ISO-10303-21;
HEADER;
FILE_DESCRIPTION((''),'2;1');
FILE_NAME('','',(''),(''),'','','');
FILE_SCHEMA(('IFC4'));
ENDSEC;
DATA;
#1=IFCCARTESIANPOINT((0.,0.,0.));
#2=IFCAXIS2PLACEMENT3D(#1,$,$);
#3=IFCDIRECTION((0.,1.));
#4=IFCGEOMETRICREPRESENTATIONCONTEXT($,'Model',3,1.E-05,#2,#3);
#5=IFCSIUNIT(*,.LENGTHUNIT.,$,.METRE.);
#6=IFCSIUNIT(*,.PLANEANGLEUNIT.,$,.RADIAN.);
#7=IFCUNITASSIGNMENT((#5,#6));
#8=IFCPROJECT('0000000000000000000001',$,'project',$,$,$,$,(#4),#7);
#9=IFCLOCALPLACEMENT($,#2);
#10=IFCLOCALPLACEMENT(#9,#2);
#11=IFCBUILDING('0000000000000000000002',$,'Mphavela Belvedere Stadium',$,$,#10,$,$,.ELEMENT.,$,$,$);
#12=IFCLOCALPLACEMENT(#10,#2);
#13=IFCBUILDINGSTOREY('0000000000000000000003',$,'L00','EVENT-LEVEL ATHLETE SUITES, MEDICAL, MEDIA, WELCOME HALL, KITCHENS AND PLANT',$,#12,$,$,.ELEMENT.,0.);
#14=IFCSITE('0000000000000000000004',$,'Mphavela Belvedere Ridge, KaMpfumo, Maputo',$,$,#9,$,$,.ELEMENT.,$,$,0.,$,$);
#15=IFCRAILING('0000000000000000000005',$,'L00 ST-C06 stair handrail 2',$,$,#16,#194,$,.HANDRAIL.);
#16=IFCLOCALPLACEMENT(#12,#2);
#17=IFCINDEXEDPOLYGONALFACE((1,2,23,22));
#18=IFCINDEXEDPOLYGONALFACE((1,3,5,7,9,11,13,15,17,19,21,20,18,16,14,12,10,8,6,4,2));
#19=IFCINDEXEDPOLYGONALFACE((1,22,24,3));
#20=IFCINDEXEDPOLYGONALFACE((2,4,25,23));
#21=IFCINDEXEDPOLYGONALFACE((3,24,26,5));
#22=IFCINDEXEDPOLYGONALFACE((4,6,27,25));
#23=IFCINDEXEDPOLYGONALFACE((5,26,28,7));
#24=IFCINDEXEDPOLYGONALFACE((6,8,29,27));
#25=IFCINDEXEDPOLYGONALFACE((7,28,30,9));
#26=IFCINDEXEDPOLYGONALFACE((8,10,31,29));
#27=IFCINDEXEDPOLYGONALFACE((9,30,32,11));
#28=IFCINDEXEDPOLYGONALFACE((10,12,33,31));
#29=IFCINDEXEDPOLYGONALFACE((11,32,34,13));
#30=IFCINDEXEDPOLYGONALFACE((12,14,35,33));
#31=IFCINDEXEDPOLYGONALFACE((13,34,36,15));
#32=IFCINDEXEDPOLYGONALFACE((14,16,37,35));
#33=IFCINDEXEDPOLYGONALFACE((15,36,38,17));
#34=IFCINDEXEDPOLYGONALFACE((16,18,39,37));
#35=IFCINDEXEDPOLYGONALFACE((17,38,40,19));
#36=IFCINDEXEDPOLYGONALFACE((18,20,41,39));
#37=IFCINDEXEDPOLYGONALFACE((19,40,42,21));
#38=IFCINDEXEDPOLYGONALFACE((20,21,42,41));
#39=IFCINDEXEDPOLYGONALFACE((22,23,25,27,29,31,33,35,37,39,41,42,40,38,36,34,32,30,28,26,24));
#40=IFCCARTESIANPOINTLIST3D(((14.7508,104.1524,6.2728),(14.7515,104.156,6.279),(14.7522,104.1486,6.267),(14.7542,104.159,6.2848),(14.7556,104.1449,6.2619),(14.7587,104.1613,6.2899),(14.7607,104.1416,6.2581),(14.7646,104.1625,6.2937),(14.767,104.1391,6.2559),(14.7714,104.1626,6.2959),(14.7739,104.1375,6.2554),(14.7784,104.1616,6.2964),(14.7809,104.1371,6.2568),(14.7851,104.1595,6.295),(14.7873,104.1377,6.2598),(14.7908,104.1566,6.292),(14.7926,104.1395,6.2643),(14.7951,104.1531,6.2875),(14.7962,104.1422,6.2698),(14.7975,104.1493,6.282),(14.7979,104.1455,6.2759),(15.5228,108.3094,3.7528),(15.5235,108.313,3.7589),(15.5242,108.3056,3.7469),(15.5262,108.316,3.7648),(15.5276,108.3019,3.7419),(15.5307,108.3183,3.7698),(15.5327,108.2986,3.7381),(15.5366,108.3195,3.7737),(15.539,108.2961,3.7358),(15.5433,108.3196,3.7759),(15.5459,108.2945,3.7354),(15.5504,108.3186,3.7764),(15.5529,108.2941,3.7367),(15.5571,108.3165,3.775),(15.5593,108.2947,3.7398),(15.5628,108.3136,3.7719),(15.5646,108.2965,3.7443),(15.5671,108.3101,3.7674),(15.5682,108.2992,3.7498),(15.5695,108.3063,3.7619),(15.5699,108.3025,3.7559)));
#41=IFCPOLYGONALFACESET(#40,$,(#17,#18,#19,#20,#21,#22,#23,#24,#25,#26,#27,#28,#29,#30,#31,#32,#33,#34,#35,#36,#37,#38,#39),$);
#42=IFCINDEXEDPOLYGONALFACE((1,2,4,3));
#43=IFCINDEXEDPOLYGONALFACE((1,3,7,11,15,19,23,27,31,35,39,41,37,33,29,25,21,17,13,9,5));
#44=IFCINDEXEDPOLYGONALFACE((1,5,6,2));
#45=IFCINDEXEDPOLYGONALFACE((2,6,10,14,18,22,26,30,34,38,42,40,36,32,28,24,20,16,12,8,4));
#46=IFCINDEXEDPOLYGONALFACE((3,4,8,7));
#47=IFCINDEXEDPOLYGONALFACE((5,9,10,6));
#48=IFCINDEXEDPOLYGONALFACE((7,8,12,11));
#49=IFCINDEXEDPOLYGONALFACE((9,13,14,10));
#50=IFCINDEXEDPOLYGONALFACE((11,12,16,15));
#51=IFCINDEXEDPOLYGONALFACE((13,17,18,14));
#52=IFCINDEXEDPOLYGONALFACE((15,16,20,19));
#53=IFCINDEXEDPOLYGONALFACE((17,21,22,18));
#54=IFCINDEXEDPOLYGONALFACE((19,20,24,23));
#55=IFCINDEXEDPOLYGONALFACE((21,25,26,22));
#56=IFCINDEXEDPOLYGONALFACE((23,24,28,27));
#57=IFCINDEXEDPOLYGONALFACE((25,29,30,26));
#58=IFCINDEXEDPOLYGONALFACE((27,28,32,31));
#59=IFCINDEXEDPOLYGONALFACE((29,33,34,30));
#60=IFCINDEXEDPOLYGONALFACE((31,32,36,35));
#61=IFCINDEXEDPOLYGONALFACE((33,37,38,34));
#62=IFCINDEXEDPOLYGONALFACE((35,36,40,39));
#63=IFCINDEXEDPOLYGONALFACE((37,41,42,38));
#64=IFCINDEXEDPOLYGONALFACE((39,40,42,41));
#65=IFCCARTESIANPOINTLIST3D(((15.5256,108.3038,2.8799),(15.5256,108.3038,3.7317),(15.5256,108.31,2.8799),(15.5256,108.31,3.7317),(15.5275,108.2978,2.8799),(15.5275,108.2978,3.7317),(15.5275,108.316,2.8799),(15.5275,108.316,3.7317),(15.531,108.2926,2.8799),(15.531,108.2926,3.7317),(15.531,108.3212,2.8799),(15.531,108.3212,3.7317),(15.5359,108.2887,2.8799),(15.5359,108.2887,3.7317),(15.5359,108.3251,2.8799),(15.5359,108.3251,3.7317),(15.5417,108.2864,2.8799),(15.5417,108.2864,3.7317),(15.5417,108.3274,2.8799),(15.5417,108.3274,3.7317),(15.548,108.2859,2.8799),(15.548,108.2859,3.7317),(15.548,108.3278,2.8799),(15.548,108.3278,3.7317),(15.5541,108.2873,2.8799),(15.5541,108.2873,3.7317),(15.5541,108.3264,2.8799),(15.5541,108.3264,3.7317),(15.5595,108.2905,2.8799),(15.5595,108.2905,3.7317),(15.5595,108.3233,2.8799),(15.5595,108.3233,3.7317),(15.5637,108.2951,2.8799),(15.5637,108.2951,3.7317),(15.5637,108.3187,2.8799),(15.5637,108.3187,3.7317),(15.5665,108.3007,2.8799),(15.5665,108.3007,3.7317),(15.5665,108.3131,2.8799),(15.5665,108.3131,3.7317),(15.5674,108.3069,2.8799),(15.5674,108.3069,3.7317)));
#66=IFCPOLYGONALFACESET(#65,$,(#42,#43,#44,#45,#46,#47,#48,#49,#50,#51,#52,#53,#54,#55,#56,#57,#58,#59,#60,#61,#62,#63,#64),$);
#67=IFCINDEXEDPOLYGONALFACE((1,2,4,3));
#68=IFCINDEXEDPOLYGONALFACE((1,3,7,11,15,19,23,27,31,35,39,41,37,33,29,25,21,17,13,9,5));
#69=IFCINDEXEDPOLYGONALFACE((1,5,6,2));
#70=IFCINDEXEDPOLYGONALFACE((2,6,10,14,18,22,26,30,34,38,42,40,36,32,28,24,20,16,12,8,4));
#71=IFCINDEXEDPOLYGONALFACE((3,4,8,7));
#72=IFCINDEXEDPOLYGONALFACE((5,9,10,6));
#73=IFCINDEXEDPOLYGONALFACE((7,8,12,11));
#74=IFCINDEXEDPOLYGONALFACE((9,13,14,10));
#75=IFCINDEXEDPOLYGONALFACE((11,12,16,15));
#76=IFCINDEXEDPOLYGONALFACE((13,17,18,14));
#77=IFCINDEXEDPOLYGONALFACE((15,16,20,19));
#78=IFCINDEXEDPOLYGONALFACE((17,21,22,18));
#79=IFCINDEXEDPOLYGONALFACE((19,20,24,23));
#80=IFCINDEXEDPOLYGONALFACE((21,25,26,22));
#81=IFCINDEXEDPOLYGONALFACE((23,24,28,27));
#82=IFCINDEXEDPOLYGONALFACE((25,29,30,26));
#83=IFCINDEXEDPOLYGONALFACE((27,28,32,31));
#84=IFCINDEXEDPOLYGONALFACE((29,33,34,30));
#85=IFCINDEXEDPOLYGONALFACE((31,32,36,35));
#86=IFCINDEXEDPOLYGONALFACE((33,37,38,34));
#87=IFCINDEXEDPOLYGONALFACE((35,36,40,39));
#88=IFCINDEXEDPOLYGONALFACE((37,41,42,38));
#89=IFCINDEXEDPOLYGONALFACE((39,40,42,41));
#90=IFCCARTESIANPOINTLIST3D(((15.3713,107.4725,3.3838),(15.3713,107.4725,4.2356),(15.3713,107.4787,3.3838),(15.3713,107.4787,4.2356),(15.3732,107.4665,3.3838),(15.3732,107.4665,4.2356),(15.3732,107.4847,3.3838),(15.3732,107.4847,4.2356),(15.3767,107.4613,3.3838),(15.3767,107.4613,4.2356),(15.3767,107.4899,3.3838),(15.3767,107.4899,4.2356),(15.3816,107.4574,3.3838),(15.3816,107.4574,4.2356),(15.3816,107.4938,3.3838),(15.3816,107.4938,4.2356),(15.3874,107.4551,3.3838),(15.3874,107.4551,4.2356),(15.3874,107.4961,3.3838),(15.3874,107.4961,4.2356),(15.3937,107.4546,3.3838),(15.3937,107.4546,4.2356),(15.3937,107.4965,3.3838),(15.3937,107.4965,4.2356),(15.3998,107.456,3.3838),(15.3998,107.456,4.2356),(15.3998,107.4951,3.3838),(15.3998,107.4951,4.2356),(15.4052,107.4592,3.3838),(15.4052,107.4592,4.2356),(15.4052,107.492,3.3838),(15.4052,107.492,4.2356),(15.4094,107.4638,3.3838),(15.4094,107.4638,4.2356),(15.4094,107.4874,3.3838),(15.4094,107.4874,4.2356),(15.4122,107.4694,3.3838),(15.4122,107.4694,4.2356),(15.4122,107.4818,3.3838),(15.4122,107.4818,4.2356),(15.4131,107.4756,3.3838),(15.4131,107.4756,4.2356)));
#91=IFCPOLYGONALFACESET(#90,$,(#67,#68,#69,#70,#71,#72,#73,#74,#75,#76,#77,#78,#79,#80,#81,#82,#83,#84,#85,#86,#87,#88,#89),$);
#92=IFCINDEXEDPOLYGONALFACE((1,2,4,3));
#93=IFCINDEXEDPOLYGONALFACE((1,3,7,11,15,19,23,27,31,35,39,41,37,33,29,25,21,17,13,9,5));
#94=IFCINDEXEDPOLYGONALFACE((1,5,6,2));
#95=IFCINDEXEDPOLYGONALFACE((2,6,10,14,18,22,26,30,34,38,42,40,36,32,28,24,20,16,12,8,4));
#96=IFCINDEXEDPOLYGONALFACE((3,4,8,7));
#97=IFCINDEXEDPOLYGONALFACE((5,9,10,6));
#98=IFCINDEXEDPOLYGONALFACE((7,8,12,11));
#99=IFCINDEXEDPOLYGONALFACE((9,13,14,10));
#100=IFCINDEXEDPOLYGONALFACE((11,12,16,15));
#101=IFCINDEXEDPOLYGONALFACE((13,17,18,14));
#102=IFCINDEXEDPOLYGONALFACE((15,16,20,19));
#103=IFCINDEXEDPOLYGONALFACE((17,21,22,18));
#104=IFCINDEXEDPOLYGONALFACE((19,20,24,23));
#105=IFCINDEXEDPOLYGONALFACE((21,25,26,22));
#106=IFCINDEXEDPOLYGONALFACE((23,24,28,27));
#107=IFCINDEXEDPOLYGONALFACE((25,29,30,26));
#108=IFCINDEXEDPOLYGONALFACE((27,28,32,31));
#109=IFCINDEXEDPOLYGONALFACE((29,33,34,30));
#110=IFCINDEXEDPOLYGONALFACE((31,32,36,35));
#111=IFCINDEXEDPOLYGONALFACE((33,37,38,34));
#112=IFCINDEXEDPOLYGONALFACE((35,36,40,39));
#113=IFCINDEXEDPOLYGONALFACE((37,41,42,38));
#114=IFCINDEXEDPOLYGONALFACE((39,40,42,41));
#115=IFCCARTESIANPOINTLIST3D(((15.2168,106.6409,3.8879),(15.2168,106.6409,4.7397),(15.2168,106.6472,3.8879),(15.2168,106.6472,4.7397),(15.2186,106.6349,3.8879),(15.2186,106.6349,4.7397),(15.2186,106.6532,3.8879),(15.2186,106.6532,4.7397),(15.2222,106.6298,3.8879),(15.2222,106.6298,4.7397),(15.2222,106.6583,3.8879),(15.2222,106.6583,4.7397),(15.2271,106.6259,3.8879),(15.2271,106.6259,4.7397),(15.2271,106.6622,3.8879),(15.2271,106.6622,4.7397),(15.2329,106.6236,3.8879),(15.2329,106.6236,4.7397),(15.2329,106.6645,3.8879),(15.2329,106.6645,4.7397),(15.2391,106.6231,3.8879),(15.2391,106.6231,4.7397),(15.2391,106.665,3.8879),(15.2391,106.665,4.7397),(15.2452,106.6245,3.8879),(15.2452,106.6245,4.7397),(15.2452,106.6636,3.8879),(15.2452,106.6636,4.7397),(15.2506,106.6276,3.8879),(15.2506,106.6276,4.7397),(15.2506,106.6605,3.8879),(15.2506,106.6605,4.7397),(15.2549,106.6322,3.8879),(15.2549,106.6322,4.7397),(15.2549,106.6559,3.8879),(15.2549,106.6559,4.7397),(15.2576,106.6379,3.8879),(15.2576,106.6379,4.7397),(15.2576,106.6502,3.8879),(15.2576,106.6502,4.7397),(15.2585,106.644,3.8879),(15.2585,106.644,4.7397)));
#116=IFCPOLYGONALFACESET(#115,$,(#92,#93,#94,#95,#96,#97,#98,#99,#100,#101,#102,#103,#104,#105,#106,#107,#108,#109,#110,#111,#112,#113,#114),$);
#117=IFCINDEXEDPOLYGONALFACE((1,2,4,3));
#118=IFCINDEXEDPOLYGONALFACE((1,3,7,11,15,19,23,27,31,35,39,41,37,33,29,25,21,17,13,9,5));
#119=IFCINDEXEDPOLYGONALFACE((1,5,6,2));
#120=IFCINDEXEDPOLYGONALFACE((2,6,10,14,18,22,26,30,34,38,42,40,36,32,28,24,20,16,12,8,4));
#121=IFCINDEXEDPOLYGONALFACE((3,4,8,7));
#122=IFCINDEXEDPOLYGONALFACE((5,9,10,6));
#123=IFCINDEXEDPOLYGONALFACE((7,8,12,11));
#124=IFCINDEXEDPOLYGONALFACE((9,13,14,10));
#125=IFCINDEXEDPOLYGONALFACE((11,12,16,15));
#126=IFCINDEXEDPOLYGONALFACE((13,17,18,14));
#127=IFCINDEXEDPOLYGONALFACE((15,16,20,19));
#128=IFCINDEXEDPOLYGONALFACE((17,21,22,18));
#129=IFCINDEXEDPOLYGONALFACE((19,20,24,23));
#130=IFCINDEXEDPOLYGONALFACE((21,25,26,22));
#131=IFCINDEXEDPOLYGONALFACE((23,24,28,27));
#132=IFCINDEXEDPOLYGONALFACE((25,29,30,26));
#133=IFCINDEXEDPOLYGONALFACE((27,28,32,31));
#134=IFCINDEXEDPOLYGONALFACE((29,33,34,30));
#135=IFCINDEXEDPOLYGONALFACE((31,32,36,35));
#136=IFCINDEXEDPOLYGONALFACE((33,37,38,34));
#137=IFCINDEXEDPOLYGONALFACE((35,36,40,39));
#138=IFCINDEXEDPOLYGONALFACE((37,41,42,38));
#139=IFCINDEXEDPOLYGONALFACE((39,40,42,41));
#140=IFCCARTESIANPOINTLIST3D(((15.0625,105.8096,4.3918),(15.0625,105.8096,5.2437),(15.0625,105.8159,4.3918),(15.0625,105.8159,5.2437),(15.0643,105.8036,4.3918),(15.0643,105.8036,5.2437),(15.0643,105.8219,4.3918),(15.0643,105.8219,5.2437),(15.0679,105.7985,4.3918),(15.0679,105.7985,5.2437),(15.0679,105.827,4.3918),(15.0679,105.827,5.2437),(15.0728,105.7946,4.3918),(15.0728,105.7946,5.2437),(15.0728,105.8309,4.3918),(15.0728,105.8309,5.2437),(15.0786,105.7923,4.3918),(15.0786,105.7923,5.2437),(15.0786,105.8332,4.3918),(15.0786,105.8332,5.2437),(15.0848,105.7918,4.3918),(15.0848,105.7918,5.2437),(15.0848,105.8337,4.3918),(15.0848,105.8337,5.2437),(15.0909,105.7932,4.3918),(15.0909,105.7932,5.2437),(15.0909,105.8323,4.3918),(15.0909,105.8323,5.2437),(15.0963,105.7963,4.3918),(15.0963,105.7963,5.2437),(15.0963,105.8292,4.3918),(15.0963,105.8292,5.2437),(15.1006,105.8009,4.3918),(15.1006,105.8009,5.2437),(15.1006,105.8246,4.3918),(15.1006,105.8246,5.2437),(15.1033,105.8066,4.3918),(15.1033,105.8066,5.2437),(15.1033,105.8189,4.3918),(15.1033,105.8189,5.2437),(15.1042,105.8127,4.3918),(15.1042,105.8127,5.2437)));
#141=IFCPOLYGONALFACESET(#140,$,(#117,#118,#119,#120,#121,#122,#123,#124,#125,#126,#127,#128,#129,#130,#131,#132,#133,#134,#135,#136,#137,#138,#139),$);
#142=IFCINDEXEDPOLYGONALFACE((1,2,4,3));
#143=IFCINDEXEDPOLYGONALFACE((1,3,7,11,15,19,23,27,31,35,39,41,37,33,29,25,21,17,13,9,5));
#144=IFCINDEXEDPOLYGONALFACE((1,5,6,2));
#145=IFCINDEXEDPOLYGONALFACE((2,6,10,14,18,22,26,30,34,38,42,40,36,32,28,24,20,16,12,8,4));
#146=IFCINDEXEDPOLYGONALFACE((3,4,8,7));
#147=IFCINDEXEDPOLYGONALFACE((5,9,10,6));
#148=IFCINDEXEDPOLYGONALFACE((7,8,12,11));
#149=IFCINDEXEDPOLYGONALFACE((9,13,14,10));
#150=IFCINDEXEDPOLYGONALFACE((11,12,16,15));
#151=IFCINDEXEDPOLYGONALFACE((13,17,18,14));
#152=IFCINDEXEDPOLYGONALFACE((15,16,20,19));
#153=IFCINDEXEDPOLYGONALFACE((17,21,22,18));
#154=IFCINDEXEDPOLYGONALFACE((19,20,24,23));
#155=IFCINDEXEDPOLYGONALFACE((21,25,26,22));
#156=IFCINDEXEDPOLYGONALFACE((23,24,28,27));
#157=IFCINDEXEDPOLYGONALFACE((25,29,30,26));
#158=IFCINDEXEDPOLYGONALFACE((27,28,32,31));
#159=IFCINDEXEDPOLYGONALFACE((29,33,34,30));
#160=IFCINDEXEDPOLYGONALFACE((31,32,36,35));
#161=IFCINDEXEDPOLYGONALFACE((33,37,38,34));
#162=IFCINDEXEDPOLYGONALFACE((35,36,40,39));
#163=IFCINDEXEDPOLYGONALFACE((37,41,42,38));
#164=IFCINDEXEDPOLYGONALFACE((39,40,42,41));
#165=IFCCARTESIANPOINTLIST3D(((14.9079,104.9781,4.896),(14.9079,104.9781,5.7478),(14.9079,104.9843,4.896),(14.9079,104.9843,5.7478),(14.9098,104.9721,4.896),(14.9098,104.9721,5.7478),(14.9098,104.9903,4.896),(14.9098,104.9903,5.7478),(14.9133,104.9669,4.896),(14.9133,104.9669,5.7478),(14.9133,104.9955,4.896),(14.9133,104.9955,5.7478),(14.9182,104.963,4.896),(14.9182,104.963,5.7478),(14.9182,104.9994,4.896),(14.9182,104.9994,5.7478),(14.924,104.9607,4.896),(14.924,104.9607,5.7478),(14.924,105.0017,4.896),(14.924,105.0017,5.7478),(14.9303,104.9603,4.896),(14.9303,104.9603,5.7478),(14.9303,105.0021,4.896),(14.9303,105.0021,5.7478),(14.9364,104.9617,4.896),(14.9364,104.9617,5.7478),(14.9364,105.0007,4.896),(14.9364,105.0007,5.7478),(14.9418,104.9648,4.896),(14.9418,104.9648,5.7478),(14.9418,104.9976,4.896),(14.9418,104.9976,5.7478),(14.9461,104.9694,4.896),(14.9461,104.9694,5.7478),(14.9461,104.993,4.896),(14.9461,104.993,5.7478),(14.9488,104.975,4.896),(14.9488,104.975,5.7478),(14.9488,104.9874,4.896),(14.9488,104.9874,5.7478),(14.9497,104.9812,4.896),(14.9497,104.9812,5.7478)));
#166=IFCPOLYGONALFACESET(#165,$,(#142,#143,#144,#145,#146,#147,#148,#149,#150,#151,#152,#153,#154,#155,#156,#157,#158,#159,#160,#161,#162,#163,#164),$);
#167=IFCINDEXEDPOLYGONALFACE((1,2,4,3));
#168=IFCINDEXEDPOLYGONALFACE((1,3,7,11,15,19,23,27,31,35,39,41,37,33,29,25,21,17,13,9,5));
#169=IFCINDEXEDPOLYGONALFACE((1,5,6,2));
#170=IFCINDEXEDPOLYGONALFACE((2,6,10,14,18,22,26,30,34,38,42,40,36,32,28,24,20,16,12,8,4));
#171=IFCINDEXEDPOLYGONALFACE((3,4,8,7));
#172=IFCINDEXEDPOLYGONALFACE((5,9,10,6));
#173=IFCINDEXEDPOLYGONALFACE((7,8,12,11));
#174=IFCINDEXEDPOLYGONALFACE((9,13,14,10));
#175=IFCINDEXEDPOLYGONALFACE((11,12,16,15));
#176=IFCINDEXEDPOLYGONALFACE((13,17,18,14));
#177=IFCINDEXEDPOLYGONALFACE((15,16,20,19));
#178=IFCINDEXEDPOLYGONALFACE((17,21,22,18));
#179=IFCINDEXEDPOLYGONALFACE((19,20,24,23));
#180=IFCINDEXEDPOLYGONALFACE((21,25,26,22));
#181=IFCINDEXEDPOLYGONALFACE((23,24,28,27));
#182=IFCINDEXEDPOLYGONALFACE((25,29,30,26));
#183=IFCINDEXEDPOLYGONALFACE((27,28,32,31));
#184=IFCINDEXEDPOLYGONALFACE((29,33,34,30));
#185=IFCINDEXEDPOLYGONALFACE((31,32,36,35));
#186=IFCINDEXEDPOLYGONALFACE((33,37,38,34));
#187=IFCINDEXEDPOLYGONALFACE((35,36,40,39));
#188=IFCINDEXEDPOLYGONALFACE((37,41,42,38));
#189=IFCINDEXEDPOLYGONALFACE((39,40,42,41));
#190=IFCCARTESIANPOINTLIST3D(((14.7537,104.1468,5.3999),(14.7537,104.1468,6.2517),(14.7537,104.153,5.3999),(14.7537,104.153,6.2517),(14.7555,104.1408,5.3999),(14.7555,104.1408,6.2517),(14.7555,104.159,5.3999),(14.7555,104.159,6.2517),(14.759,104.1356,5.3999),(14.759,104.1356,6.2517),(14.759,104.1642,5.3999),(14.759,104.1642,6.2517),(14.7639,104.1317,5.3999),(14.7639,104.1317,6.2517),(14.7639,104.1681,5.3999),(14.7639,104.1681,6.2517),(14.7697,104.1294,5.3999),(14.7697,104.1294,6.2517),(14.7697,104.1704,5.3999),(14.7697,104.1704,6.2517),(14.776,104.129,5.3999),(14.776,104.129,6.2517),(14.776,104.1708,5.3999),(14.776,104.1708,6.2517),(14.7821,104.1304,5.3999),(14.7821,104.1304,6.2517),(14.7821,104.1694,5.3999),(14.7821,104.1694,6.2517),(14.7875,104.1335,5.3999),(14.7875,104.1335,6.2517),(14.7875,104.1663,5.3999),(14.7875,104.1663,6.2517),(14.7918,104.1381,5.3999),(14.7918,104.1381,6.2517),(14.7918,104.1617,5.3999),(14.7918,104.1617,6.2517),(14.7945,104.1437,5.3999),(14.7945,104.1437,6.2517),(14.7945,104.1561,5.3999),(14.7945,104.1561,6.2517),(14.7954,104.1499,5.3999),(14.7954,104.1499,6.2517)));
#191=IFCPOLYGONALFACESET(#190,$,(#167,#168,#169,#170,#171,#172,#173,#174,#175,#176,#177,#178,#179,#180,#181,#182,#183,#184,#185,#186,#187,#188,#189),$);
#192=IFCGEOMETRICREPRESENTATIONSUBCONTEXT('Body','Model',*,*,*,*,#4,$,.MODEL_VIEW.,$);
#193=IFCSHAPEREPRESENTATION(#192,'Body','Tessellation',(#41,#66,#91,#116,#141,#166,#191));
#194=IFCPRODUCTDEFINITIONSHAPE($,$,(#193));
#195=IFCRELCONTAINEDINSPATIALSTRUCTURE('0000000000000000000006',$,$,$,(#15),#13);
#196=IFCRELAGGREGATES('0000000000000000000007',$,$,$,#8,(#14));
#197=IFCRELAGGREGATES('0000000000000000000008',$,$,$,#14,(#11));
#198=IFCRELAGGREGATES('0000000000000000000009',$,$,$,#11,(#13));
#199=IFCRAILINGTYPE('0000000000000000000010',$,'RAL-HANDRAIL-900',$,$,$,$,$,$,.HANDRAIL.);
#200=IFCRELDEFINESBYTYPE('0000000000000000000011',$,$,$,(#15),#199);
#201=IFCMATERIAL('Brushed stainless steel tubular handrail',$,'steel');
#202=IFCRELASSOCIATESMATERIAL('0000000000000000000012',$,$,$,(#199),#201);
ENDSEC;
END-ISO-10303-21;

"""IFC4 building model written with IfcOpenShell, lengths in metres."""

from ifc_helpers import new_model, si_unit, direction, frame, origin, origin_2d, place, context, subcontext, project, spatial, circle, extrude, material, type_object, element, save


model = new_model("IFC4")

# Units and contexts
model_context = context("Model", 3, precision=1e-05, world=origin(), true_north=direction((0.0, 1.0)))
body_context = subcontext(model_context, "Body", "Model", "MODEL_VIEW")
ifc_project = project(units=[si_unit("LENGTHUNIT", "METRE"), si_unit("PLANEANGLEUNIT", "RADIAN")], contexts=[model_context])

# Site, building, storey
site_placement = place(None, origin())
site = spatial("IfcSite", under=ifc_project, at=site_placement, Name="Mphavela Belvedere Ridge, KaMpfumo, Maputo", CompositionType="ELEMENT", RefElevation=0.0)
building_placement = place(site_placement, origin())
building = spatial("IfcBuilding", under=site, at=building_placement, Name="Mphavela Belvedere Stadium", CompositionType="ELEMENT")
storey_placement = place(building_placement, origin())
storey = spatial("IfcBuildingStorey", under=building, at=storey_placement, Name="L00", Description="EVENT-LEVEL ATHLETE SUITES, MEDICAL, MEDIA, WELCOME HALL, KITCHENS AND PLANT", CompositionType="ELEMENT", Elevation=0.0)

# Railing
ifc_material_1 = material(Name="Brushed stainless steel tubular handrail", Category="steel")
railing_type_1 = type_object("IfcRailingType", Name="RAL-HANDRAIL-900", PredefinedType="HANDRAIL", material=ifc_material_1)
railing_1_placement = place(storey_placement, frame((15.5464, 108.3069, 2.8799)))
element("IfcRailing", 1, at=railing_1_placement, inside=storey, type_object=railing_type_1, Name="L00 ST-C06 stair handrail 2", PredefinedType="HANDRAIL", context=body_context, shape_type="SweptSolid", body=[
    extrude(circle(Radius=0.0239, at=origin_2d()), frame((0.0, 0.0, 0.876), z_axis=(-0.156838, -0.844557, 0.511982), x_axis=(0.98319, -0.182583, 0.0)), (0.0, 0.0, 1.0), 4.9221),
    extrude(circle(Radius=0.021, at=origin_2d()), origin(), (0.0, 0.0, 1.0), 0.8518),
    extrude(circle(Radius=0.021, at=origin_2d()), frame((-0.1543, -0.8313, 0.5039)), (0.0, 0.0, 1.0), 0.8518),
    extrude(circle(Radius=0.021, at=origin_2d()), frame((-0.3088, -1.6628, 1.0081)), (0.0, 0.0, 1.0), 0.8518),
    extrude(circle(Radius=0.021, at=origin_2d()), frame((-0.4631, -2.4941, 1.512)), (0.0, 0.0, 1.0), 0.8518),
    extrude(circle(Radius=0.021, at=origin_2d()), frame((-0.6177, -3.3257, 2.0161)), (0.0, 0.0, 1.0), 0.8518),
    extrude(circle(Radius=0.021, at=origin_2d()), frame((-0.772, -4.157, 2.52)), (0.0, 0.0, 1.0), 0.8518),
])

save(model, "model.ifc")
